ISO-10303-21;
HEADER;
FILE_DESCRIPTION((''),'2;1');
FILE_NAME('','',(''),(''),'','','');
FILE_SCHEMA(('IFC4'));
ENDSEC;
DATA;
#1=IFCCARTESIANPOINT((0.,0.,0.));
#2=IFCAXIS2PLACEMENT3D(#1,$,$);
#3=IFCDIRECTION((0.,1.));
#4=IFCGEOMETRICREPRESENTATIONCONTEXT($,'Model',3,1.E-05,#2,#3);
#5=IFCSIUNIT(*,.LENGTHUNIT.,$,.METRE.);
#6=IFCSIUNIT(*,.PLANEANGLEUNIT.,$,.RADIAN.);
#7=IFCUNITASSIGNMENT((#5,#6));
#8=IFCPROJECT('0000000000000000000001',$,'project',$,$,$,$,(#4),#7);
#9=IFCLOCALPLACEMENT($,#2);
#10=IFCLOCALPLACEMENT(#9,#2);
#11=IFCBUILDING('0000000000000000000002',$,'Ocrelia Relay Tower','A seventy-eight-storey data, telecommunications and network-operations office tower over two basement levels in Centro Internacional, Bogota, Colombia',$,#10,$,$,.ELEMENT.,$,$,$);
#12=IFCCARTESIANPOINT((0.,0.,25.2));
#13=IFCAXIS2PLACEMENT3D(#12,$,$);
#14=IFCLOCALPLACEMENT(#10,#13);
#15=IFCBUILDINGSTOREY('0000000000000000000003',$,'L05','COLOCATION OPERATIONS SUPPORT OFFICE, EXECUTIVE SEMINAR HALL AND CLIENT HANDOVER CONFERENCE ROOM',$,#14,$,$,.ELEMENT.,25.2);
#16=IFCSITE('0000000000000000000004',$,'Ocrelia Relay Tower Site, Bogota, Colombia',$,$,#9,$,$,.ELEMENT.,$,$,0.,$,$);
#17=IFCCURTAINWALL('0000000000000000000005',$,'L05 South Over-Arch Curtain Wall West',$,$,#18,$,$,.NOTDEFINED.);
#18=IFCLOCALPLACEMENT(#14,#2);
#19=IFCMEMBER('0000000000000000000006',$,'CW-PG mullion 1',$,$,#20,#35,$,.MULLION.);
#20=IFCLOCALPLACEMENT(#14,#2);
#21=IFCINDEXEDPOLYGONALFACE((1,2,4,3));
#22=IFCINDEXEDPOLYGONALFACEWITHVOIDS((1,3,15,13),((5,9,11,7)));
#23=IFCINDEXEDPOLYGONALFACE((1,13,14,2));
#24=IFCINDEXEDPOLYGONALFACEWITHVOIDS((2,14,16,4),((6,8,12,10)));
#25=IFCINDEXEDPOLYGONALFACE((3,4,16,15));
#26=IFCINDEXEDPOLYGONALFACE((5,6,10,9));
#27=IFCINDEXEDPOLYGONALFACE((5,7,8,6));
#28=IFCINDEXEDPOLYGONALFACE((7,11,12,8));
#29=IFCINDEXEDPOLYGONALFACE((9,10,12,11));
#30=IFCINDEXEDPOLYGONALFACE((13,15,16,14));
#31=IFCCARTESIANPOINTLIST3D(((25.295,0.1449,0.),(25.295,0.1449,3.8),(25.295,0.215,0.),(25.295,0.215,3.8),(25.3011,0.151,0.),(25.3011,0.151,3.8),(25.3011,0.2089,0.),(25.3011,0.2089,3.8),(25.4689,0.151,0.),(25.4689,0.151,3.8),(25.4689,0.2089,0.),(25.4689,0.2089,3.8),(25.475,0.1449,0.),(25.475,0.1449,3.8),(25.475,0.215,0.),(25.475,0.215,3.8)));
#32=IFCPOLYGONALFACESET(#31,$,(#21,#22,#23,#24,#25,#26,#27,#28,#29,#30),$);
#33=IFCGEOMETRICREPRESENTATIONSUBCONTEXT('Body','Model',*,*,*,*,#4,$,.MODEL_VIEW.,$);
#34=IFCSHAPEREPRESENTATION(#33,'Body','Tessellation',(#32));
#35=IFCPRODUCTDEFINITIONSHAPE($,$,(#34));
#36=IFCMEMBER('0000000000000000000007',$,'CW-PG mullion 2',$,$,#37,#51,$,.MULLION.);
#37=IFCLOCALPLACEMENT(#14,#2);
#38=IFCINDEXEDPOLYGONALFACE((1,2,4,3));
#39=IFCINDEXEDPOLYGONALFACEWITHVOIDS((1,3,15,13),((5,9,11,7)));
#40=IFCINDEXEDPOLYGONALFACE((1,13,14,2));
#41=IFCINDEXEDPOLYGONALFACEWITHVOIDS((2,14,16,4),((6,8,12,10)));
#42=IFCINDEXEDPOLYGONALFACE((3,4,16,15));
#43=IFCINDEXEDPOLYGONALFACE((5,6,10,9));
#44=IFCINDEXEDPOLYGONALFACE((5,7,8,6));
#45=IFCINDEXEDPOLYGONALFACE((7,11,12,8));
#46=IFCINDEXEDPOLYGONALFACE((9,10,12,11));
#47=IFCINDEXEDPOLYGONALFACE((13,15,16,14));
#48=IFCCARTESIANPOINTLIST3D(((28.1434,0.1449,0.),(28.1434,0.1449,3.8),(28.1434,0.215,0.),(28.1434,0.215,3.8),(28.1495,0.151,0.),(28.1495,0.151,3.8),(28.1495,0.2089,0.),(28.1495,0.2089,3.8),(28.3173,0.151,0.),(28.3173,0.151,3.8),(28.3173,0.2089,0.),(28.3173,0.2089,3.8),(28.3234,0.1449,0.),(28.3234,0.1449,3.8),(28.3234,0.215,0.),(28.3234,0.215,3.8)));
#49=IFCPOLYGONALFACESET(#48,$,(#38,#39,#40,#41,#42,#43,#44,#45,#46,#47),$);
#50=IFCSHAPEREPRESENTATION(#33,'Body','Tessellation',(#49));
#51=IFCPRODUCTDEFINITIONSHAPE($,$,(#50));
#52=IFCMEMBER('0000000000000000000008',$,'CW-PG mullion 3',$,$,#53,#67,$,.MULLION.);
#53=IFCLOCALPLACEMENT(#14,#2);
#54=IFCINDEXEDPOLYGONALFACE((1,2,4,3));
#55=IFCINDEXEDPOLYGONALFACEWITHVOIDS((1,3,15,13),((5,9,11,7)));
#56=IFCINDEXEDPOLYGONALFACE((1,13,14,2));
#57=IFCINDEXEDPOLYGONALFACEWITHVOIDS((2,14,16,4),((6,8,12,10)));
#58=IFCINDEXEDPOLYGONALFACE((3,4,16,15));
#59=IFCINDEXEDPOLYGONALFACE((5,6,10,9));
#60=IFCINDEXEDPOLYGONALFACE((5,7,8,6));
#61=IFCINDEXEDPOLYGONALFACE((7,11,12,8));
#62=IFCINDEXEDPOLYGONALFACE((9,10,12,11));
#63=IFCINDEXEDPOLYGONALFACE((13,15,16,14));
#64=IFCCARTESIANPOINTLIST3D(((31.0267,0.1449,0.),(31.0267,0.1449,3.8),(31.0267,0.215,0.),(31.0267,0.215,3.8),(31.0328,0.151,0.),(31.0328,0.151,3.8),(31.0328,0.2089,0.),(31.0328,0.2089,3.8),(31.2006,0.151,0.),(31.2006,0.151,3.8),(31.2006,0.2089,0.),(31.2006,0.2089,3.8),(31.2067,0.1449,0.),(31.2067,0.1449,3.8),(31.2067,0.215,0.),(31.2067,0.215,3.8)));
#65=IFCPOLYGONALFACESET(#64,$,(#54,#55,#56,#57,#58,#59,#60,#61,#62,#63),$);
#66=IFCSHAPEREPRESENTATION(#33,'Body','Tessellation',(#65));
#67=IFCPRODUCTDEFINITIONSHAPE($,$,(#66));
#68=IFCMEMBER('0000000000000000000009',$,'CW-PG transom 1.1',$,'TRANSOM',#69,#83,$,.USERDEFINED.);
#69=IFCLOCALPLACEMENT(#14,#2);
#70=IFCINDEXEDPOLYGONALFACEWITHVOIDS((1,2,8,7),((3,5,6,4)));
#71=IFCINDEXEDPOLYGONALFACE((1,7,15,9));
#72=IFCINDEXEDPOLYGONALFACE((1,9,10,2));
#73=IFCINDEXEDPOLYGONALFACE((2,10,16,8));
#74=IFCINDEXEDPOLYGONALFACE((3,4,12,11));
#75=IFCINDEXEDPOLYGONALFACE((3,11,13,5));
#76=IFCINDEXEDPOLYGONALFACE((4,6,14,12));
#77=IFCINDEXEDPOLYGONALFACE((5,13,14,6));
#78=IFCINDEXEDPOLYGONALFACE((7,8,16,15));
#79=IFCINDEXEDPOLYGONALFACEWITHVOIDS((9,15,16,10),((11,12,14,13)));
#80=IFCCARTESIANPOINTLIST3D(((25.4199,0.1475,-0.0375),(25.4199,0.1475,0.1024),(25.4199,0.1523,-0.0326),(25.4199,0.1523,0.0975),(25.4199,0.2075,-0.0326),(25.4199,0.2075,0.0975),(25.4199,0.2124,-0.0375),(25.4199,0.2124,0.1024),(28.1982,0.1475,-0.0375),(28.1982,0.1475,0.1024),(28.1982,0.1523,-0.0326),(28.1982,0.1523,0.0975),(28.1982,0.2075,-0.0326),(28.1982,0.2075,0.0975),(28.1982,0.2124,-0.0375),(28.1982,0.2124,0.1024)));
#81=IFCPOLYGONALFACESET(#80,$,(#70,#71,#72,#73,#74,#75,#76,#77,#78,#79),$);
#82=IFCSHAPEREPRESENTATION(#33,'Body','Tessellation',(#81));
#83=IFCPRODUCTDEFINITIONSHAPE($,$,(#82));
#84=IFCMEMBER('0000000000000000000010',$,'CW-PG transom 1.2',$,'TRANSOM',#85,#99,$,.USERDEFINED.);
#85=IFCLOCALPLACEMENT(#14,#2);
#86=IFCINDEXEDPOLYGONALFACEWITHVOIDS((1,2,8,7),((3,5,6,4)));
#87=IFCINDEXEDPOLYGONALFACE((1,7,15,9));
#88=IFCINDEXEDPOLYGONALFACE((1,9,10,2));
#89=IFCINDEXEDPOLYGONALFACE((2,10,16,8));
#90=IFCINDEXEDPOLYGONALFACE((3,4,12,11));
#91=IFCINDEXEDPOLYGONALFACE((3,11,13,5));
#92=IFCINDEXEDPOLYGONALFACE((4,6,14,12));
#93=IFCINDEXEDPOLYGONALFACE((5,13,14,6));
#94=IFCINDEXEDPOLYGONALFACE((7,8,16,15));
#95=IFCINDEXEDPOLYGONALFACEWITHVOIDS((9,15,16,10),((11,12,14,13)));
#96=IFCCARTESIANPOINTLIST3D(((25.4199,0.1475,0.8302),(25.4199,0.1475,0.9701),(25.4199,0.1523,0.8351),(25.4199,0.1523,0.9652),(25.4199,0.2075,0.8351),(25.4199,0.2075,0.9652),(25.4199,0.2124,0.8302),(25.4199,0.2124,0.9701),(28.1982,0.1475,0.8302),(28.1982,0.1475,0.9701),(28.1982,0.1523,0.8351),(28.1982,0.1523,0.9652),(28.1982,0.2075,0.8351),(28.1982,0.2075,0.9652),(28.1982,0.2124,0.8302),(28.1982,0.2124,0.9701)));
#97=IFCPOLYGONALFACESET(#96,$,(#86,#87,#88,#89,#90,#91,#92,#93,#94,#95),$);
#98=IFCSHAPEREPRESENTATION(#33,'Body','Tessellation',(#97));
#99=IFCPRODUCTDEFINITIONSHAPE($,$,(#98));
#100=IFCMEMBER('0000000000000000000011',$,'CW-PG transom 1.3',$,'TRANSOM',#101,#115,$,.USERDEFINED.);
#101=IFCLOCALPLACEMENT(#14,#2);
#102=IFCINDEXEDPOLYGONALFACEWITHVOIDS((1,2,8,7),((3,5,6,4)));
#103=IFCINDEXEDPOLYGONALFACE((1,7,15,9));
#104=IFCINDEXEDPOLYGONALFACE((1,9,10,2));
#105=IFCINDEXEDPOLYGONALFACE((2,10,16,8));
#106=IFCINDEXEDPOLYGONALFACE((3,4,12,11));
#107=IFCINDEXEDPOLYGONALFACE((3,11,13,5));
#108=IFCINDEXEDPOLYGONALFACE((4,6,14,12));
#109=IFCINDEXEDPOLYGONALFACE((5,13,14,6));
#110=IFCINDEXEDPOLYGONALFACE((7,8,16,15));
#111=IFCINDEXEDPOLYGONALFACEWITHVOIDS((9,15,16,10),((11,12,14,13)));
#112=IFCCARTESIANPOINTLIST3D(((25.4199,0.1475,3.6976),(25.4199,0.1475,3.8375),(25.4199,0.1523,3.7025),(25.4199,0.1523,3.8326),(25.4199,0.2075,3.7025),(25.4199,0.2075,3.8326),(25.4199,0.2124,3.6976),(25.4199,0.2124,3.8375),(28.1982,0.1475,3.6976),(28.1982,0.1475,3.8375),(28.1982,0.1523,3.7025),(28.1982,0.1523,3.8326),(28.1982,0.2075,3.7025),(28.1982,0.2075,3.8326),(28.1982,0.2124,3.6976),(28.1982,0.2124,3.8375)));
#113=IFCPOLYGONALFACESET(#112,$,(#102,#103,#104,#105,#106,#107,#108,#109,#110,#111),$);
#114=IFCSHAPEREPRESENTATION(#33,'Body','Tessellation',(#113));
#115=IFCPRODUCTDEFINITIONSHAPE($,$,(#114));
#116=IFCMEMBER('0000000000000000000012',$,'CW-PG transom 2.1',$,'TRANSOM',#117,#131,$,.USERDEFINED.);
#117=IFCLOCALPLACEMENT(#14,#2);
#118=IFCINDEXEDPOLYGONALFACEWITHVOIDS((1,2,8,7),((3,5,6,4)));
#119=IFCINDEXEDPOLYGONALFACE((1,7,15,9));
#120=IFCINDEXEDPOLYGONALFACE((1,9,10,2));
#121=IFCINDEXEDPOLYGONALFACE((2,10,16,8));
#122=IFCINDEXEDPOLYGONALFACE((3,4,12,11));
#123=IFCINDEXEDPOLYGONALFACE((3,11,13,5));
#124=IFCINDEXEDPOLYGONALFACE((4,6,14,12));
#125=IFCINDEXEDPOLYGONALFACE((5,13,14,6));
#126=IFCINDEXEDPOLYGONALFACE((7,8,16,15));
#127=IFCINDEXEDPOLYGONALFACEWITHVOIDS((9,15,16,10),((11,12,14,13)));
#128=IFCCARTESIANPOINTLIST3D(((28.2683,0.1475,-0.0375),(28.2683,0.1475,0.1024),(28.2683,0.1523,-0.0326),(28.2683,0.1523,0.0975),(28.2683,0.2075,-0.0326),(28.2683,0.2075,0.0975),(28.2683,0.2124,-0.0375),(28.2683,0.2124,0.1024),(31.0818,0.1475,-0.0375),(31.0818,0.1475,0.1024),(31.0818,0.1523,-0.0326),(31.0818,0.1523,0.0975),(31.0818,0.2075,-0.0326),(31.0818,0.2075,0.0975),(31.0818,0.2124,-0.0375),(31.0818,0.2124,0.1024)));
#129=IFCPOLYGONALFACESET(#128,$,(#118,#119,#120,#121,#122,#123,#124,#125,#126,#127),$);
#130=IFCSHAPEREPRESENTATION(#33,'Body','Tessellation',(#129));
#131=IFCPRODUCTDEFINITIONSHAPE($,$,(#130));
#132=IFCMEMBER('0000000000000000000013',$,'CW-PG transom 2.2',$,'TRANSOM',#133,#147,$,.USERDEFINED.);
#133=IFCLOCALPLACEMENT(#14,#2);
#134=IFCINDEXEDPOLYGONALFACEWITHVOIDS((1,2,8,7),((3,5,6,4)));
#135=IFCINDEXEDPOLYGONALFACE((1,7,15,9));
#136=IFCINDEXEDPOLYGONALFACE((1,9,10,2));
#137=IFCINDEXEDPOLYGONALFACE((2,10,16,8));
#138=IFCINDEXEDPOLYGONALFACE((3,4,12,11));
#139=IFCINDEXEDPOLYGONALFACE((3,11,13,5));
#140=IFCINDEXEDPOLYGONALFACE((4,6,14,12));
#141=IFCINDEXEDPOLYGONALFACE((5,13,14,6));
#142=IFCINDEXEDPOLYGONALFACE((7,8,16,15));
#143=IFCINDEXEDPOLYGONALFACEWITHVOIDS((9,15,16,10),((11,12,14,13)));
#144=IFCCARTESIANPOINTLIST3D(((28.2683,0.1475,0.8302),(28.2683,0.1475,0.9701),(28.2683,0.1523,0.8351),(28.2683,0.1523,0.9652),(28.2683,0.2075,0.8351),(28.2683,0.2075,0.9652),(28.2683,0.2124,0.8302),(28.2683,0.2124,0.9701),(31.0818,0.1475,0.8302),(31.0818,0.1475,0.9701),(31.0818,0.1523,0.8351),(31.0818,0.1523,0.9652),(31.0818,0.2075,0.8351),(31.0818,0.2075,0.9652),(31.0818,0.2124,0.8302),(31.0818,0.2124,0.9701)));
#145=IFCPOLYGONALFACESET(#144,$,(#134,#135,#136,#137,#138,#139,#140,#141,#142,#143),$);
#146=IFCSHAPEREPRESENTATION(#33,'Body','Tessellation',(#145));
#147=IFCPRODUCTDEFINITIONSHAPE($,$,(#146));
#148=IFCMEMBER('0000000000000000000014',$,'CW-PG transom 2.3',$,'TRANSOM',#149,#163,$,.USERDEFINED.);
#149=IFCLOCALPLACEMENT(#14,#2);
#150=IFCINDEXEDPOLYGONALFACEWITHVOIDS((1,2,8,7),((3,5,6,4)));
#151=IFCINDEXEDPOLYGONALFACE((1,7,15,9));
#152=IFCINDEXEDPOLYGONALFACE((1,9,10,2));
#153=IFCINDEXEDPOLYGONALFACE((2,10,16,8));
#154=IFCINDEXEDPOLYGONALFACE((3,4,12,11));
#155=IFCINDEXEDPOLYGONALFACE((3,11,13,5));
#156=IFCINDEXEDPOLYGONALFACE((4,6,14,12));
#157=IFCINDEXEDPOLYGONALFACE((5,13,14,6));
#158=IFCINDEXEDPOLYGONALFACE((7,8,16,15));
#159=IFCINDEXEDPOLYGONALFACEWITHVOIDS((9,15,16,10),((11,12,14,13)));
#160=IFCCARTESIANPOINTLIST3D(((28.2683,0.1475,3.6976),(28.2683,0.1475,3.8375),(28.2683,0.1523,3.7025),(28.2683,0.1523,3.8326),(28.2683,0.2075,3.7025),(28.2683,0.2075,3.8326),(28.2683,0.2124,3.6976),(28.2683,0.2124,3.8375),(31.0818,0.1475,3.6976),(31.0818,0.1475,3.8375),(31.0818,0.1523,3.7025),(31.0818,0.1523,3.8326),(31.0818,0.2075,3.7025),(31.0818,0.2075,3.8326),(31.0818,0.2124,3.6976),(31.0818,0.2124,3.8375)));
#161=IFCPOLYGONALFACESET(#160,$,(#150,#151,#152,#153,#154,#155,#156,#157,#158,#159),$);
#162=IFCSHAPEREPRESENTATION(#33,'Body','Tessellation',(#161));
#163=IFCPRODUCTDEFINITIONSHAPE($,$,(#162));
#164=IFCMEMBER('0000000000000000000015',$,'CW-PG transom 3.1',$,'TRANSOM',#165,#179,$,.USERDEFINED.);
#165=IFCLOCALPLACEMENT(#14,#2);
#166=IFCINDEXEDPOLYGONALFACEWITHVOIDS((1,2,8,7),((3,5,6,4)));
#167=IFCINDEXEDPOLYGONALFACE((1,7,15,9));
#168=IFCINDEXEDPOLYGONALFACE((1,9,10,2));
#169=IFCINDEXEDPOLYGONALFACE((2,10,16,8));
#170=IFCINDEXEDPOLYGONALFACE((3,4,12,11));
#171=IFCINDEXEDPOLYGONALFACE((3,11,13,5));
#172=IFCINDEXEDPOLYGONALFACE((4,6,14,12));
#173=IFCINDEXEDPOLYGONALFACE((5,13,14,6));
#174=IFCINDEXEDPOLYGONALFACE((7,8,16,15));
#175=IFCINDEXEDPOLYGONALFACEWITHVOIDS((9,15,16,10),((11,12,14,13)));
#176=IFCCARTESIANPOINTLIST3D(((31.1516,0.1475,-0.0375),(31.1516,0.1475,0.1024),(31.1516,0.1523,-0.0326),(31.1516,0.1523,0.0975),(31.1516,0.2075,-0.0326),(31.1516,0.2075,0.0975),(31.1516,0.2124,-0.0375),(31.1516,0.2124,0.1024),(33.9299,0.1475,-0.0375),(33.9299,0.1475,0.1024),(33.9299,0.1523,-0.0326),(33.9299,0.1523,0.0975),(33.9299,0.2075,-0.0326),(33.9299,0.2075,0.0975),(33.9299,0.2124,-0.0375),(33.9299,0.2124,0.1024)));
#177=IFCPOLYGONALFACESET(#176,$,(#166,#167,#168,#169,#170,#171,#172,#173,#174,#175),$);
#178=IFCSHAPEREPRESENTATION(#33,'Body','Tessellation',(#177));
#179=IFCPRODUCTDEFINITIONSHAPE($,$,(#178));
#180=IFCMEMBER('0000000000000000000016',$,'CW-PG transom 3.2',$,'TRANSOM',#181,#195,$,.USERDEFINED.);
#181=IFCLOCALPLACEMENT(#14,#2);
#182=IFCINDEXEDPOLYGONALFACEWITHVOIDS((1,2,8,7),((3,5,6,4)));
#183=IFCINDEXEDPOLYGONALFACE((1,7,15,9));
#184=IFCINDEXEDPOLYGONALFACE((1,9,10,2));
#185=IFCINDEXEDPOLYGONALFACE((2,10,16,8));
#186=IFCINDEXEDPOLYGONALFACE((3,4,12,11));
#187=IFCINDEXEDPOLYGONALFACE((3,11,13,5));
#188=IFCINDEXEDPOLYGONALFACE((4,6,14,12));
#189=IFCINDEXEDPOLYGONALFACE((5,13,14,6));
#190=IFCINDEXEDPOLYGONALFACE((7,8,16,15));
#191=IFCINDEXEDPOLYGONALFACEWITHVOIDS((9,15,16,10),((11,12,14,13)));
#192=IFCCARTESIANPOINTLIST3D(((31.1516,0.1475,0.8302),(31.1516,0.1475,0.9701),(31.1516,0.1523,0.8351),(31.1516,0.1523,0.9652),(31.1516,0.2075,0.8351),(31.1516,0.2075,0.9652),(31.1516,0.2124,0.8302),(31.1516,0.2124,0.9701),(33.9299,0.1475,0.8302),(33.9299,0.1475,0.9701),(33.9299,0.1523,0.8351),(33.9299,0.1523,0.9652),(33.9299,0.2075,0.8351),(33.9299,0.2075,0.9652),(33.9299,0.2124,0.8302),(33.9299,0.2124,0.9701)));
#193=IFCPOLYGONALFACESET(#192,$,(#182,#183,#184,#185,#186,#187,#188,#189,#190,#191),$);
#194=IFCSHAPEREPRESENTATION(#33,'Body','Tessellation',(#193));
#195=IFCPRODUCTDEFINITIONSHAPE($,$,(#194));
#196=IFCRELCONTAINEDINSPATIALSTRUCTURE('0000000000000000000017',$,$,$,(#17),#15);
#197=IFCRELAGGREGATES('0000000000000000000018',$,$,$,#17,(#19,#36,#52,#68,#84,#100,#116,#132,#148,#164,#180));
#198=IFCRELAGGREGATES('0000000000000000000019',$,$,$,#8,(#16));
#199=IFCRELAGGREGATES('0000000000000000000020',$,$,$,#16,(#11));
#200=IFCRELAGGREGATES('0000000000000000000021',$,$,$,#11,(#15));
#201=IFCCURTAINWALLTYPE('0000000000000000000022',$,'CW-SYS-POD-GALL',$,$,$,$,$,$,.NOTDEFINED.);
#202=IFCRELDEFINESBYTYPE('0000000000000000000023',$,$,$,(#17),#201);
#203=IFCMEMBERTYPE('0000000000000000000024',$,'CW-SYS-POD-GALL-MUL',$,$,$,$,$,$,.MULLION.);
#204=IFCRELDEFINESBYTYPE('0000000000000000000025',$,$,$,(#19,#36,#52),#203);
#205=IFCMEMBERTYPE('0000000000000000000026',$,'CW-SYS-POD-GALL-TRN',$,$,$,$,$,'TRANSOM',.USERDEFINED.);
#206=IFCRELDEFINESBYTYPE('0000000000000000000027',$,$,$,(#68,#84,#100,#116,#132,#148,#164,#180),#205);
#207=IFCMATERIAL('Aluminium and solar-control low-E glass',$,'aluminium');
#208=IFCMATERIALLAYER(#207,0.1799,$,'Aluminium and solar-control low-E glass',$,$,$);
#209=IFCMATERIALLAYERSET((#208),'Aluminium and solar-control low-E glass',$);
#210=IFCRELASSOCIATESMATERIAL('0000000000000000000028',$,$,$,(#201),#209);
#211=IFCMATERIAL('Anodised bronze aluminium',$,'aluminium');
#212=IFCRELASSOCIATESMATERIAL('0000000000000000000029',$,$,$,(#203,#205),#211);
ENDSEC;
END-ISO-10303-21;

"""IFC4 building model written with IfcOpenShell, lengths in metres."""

from ifc_helpers import new_model, si_unit, direction, frame, origin, origin_2d, place, context, subcontext, project, spatial, hollow_rectangle, extrude, material, layer, layer_set, material_profile, profile_set, type_object, element, aggregate, save


model = new_model("IFC4")

# Units and contexts
model_context = context("Model", 3, precision=1e-05, world=origin(), true_north=direction((0.0, 1.0)))
body_context = subcontext(model_context, "Body", "Model", "MODEL_VIEW")
ifc_project = project(units=[si_unit("LENGTHUNIT", "METRE"), si_unit("PLANEANGLEUNIT", "RADIAN")], contexts=[model_context])

# Site, building, storey
site_placement = place(None, origin())
site = spatial("IfcSite", under=ifc_project, at=site_placement, Name="Ocrelia Relay Tower Site, Bogota, Colombia", CompositionType="ELEMENT", RefElevation=0.0)
building_placement = place(site_placement, origin())
building = spatial("IfcBuilding", under=site, at=building_placement, Name="Ocrelia Relay Tower", Description="A seventy-eight-storey data, telecommunications and network-operations office tower over two basement levels in Centro Internacional, Bogota, Colombia", CompositionType="ELEMENT")
storey_placement = place(building_placement, frame((0.0, 0.0, 25.2)))
storey = spatial("IfcBuildingStorey", under=building, at=storey_placement, Name="L05", Description="COLOCATION OPERATIONS SUPPORT OFFICE, EXECUTIVE SEMINAR HALL AND CLIENT HANDOVER CONFERENCE ROOM", CompositionType="ELEMENT", Elevation=25.2)

# Curtain wall, members
ifc_material_1 = material(Name="Aluminium and solar-control low-E glass", Category="aluminium")
ifc_layer_1 = layer(ifc_material_1, 0.1799, Name="Aluminium and solar-control low-E glass")
ifc_layer_set_1 = layer_set([ifc_layer_1], Name="Aluminium and solar-control low-E glass")
curtain_wall_type = type_object("IfcCurtainWallType", Name="CW-SYS-POD-GALL", PredefinedType="NOTDEFINED", material=ifc_layer_set_1)
curtain_wall_placement = place(storey_placement, origin())
curtain_wall = element("IfcCurtainWall", 1, at=curtain_wall_placement, inside=storey, type_object=curtain_wall_type, Name="L05 South Over-Arch Curtain Wall West", PredefinedType="NOTDEFINED")
ifc_material_2 = material(Name="Anodised bronze aluminium", Category="aluminium")
ifc_material_profile_1 = material_profile(ifc_material_2, hollow_rectangle(XDim=0.0701, YDim=0.1799, WallThickness=0.0061, at=origin_2d()), Name="CW-MUL-180x70")
ifc_profile_set_1 = profile_set([ifc_material_profile_1], Name="Anodised bronze aluminium")
member_type_1 = type_object("IfcMemberType", Name="CW-SYS-POD-GALL-MUL", PredefinedType="MULLION", material=ifc_profile_set_1)
member_1_placement = place(storey_placement, frame((25.385, 0.1799, 0.0), z_axis=(0.0, 0.0, 1.0), x_axis=(0.0, 1.0, 0.0)))
member_1 = element("IfcMember", 2, at=member_1_placement, type_object=member_type_1, Name="CW-PG mullion 1", PredefinedType="MULLION", context=body_context, shape_type="SweptSolid", body=[
    extrude(hollow_rectangle(XDim=0.0701, YDim=0.1799, WallThickness=0.0061, at=origin_2d()), origin(), (0.0, 0.0, 1.0), 3.8),
])
member_2_placement = place(storey_placement, frame((28.2334, 0.1799, 0.0), z_axis=(0.0, 0.0, 1.0), x_axis=(0.0, 1.0, 0.0)))
member_2 = element("IfcMember", 3, at=member_2_placement, type_object=member_type_1, Name="CW-PG mullion 2", PredefinedType="MULLION", context=body_context, shape_type="SweptSolid", body=[
    extrude(hollow_rectangle(XDim=0.0701, YDim=0.1799, WallThickness=0.0061, at=origin_2d()), origin(), (0.0, 0.0, 1.0), 3.8),
])
member_3_placement = place(storey_placement, frame((31.1167, 0.1799, 0.0), z_axis=(0.0, 0.0, 1.0), x_axis=(0.0, 1.0, 0.0)))
member_3 = element("IfcMember", 4, at=member_3_placement, type_object=member_type_1, Name="CW-PG mullion 3", PredefinedType="MULLION", context=body_context, shape_type="SweptSolid", body=[
    extrude(hollow_rectangle(XDim=0.0701, YDim=0.1799, WallThickness=0.0061, at=origin_2d()), origin(), (0.0, 0.0, 1.0), 3.8),
])
ifc_material_profile_2 = material_profile(ifc_material_2, hollow_rectangle(XDim=0.0649, YDim=0.1399, WallThickness=0.0049, at=origin_2d()), Name="CW-TRN-140x65")
ifc_profile_set_2 = profile_set([ifc_material_profile_2], Name="Anodised bronze aluminium")
member_type_2 = type_object("IfcMemberType", Name="CW-SYS-POD-GALL-TRN", ElementType="TRANSOM", PredefinedType="USERDEFINED", material=ifc_profile_set_2)
member_4_placement = place(storey_placement, frame((25.4199, 0.1799, 0.0325), z_axis=(1.0, 0.0, 0.0), x_axis=(0.0, 1.0, 0.0)))
member_4 = element("IfcMember", 5, at=member_4_placement, type_object=member_type_2, Name="CW-PG transom 1.1", ObjectType="TRANSOM", PredefinedType="USERDEFINED", context=body_context, shape_type="SweptSolid", body=[
    extrude(hollow_rectangle(XDim=0.0649, YDim=0.1399, WallThickness=0.0049, at=origin_2d()), origin(), (0.0, 0.0, 1.0), 2.7783),
])
member_5_placement = place(storey_placement, frame((25.4199, 0.1799, 0.9001), z_axis=(1.0, 0.0, 0.0), x_axis=(0.0, 1.0, 0.0)))
member_5 = element("IfcMember", 6, at=member_5_placement, type_object=member_type_2, Name="CW-PG transom 1.2", ObjectType="TRANSOM", PredefinedType="USERDEFINED", context=body_context, shape_type="SweptSolid", body=[
    extrude(hollow_rectangle(XDim=0.0649, YDim=0.1399, WallThickness=0.0049, at=origin_2d()), origin(), (0.0, 0.0, 1.0), 2.7783),
])
member_6_placement = place(storey_placement, frame((25.4199, 0.1799, 3.7676), z_axis=(1.0, 0.0, 0.0), x_axis=(0.0, 1.0, 0.0)))
member_6 = element("IfcMember", 7, at=member_6_placement, type_object=member_type_2, Name="CW-PG transom 1.3", ObjectType="TRANSOM", PredefinedType="USERDEFINED", context=body_context, shape_type="SweptSolid", body=[
    extrude(hollow_rectangle(XDim=0.0649, YDim=0.1399, WallThickness=0.0049, at=origin_2d()), origin(), (0.0, 0.0, 1.0), 2.7783),
])
member_7_placement = place(storey_placement, frame((28.2683, 0.1799, 0.0325), z_axis=(1.0, 0.0, 0.0), x_axis=(0.0, 1.0, 0.0)))
member_7 = element("IfcMember", 8, at=member_7_placement, type_object=member_type_2, Name="CW-PG transom 2.1", ObjectType="TRANSOM", PredefinedType="USERDEFINED", context=body_context, shape_type="SweptSolid", body=[
    extrude(hollow_rectangle(XDim=0.0649, YDim=0.1399, WallThickness=0.0049, at=origin_2d()), origin(), (0.0, 0.0, 1.0), 2.8135),
])
member_8_placement = place(storey_placement, frame((28.2683, 0.1799, 0.9001), z_axis=(1.0, 0.0, 0.0), x_axis=(0.0, 1.0, 0.0)))
member_8 = element("IfcMember", 9, at=member_8_placement, type_object=member_type_2, Name="CW-PG transom 2.2", ObjectType="TRANSOM", PredefinedType="USERDEFINED", context=body_context, shape_type="SweptSolid", body=[
    extrude(hollow_rectangle(XDim=0.0649, YDim=0.1399, WallThickness=0.0049, at=origin_2d()), origin(), (0.0, 0.0, 1.0), 2.8135),
])
member_9_placement = place(storey_placement, frame((28.2683, 0.1799, 3.7676), z_axis=(1.0, 0.0, 0.0), x_axis=(0.0, 1.0, 0.0)))
member_9 = element("IfcMember", 10, at=member_9_placement, type_object=member_type_2, Name="CW-PG transom 2.3", ObjectType="TRANSOM", PredefinedType="USERDEFINED", context=body_context, shape_type="SweptSolid", body=[
    extrude(hollow_rectangle(XDim=0.0649, YDim=0.1399, WallThickness=0.0049, at=origin_2d()), origin(), (0.0, 0.0, 1.0), 2.8135),
])
member_10_placement = place(storey_placement, frame((31.1516, 0.1799, 0.0325), z_axis=(1.0, 0.0, 0.0), x_axis=(0.0, 1.0, 0.0)))
member_10 = element("IfcMember", 11, at=member_10_placement, type_object=member_type_2, Name="CW-PG transom 3.1", ObjectType="TRANSOM", PredefinedType="USERDEFINED", context=body_context, shape_type="SweptSolid", body=[
    extrude(hollow_rectangle(XDim=0.0649, YDim=0.1399, WallThickness=0.0049, at=origin_2d()), origin(), (0.0, 0.0, 1.0), 2.7783),
])
member_11_placement = place(storey_placement, frame((31.1516, 0.1799, 0.9001), z_axis=(1.0, 0.0, 0.0), x_axis=(0.0, 1.0, 0.0)))
member_11 = element("IfcMember", 12, at=member_11_placement, type_object=member_type_2, Name="CW-PG transom 3.2", ObjectType="TRANSOM", PredefinedType="USERDEFINED", context=body_context, shape_type="SweptSolid", body=[
    extrude(hollow_rectangle(XDim=0.0649, YDim=0.1399, WallThickness=0.0049, at=origin_2d()), origin(), (0.0, 0.0, 1.0), 2.7783),
])
aggregate(curtain_wall, [member_1, member_2, member_3, member_4, member_5, member_6, member_7, member_8, member_9, member_10, member_11])

save(model, "model.ifc")
